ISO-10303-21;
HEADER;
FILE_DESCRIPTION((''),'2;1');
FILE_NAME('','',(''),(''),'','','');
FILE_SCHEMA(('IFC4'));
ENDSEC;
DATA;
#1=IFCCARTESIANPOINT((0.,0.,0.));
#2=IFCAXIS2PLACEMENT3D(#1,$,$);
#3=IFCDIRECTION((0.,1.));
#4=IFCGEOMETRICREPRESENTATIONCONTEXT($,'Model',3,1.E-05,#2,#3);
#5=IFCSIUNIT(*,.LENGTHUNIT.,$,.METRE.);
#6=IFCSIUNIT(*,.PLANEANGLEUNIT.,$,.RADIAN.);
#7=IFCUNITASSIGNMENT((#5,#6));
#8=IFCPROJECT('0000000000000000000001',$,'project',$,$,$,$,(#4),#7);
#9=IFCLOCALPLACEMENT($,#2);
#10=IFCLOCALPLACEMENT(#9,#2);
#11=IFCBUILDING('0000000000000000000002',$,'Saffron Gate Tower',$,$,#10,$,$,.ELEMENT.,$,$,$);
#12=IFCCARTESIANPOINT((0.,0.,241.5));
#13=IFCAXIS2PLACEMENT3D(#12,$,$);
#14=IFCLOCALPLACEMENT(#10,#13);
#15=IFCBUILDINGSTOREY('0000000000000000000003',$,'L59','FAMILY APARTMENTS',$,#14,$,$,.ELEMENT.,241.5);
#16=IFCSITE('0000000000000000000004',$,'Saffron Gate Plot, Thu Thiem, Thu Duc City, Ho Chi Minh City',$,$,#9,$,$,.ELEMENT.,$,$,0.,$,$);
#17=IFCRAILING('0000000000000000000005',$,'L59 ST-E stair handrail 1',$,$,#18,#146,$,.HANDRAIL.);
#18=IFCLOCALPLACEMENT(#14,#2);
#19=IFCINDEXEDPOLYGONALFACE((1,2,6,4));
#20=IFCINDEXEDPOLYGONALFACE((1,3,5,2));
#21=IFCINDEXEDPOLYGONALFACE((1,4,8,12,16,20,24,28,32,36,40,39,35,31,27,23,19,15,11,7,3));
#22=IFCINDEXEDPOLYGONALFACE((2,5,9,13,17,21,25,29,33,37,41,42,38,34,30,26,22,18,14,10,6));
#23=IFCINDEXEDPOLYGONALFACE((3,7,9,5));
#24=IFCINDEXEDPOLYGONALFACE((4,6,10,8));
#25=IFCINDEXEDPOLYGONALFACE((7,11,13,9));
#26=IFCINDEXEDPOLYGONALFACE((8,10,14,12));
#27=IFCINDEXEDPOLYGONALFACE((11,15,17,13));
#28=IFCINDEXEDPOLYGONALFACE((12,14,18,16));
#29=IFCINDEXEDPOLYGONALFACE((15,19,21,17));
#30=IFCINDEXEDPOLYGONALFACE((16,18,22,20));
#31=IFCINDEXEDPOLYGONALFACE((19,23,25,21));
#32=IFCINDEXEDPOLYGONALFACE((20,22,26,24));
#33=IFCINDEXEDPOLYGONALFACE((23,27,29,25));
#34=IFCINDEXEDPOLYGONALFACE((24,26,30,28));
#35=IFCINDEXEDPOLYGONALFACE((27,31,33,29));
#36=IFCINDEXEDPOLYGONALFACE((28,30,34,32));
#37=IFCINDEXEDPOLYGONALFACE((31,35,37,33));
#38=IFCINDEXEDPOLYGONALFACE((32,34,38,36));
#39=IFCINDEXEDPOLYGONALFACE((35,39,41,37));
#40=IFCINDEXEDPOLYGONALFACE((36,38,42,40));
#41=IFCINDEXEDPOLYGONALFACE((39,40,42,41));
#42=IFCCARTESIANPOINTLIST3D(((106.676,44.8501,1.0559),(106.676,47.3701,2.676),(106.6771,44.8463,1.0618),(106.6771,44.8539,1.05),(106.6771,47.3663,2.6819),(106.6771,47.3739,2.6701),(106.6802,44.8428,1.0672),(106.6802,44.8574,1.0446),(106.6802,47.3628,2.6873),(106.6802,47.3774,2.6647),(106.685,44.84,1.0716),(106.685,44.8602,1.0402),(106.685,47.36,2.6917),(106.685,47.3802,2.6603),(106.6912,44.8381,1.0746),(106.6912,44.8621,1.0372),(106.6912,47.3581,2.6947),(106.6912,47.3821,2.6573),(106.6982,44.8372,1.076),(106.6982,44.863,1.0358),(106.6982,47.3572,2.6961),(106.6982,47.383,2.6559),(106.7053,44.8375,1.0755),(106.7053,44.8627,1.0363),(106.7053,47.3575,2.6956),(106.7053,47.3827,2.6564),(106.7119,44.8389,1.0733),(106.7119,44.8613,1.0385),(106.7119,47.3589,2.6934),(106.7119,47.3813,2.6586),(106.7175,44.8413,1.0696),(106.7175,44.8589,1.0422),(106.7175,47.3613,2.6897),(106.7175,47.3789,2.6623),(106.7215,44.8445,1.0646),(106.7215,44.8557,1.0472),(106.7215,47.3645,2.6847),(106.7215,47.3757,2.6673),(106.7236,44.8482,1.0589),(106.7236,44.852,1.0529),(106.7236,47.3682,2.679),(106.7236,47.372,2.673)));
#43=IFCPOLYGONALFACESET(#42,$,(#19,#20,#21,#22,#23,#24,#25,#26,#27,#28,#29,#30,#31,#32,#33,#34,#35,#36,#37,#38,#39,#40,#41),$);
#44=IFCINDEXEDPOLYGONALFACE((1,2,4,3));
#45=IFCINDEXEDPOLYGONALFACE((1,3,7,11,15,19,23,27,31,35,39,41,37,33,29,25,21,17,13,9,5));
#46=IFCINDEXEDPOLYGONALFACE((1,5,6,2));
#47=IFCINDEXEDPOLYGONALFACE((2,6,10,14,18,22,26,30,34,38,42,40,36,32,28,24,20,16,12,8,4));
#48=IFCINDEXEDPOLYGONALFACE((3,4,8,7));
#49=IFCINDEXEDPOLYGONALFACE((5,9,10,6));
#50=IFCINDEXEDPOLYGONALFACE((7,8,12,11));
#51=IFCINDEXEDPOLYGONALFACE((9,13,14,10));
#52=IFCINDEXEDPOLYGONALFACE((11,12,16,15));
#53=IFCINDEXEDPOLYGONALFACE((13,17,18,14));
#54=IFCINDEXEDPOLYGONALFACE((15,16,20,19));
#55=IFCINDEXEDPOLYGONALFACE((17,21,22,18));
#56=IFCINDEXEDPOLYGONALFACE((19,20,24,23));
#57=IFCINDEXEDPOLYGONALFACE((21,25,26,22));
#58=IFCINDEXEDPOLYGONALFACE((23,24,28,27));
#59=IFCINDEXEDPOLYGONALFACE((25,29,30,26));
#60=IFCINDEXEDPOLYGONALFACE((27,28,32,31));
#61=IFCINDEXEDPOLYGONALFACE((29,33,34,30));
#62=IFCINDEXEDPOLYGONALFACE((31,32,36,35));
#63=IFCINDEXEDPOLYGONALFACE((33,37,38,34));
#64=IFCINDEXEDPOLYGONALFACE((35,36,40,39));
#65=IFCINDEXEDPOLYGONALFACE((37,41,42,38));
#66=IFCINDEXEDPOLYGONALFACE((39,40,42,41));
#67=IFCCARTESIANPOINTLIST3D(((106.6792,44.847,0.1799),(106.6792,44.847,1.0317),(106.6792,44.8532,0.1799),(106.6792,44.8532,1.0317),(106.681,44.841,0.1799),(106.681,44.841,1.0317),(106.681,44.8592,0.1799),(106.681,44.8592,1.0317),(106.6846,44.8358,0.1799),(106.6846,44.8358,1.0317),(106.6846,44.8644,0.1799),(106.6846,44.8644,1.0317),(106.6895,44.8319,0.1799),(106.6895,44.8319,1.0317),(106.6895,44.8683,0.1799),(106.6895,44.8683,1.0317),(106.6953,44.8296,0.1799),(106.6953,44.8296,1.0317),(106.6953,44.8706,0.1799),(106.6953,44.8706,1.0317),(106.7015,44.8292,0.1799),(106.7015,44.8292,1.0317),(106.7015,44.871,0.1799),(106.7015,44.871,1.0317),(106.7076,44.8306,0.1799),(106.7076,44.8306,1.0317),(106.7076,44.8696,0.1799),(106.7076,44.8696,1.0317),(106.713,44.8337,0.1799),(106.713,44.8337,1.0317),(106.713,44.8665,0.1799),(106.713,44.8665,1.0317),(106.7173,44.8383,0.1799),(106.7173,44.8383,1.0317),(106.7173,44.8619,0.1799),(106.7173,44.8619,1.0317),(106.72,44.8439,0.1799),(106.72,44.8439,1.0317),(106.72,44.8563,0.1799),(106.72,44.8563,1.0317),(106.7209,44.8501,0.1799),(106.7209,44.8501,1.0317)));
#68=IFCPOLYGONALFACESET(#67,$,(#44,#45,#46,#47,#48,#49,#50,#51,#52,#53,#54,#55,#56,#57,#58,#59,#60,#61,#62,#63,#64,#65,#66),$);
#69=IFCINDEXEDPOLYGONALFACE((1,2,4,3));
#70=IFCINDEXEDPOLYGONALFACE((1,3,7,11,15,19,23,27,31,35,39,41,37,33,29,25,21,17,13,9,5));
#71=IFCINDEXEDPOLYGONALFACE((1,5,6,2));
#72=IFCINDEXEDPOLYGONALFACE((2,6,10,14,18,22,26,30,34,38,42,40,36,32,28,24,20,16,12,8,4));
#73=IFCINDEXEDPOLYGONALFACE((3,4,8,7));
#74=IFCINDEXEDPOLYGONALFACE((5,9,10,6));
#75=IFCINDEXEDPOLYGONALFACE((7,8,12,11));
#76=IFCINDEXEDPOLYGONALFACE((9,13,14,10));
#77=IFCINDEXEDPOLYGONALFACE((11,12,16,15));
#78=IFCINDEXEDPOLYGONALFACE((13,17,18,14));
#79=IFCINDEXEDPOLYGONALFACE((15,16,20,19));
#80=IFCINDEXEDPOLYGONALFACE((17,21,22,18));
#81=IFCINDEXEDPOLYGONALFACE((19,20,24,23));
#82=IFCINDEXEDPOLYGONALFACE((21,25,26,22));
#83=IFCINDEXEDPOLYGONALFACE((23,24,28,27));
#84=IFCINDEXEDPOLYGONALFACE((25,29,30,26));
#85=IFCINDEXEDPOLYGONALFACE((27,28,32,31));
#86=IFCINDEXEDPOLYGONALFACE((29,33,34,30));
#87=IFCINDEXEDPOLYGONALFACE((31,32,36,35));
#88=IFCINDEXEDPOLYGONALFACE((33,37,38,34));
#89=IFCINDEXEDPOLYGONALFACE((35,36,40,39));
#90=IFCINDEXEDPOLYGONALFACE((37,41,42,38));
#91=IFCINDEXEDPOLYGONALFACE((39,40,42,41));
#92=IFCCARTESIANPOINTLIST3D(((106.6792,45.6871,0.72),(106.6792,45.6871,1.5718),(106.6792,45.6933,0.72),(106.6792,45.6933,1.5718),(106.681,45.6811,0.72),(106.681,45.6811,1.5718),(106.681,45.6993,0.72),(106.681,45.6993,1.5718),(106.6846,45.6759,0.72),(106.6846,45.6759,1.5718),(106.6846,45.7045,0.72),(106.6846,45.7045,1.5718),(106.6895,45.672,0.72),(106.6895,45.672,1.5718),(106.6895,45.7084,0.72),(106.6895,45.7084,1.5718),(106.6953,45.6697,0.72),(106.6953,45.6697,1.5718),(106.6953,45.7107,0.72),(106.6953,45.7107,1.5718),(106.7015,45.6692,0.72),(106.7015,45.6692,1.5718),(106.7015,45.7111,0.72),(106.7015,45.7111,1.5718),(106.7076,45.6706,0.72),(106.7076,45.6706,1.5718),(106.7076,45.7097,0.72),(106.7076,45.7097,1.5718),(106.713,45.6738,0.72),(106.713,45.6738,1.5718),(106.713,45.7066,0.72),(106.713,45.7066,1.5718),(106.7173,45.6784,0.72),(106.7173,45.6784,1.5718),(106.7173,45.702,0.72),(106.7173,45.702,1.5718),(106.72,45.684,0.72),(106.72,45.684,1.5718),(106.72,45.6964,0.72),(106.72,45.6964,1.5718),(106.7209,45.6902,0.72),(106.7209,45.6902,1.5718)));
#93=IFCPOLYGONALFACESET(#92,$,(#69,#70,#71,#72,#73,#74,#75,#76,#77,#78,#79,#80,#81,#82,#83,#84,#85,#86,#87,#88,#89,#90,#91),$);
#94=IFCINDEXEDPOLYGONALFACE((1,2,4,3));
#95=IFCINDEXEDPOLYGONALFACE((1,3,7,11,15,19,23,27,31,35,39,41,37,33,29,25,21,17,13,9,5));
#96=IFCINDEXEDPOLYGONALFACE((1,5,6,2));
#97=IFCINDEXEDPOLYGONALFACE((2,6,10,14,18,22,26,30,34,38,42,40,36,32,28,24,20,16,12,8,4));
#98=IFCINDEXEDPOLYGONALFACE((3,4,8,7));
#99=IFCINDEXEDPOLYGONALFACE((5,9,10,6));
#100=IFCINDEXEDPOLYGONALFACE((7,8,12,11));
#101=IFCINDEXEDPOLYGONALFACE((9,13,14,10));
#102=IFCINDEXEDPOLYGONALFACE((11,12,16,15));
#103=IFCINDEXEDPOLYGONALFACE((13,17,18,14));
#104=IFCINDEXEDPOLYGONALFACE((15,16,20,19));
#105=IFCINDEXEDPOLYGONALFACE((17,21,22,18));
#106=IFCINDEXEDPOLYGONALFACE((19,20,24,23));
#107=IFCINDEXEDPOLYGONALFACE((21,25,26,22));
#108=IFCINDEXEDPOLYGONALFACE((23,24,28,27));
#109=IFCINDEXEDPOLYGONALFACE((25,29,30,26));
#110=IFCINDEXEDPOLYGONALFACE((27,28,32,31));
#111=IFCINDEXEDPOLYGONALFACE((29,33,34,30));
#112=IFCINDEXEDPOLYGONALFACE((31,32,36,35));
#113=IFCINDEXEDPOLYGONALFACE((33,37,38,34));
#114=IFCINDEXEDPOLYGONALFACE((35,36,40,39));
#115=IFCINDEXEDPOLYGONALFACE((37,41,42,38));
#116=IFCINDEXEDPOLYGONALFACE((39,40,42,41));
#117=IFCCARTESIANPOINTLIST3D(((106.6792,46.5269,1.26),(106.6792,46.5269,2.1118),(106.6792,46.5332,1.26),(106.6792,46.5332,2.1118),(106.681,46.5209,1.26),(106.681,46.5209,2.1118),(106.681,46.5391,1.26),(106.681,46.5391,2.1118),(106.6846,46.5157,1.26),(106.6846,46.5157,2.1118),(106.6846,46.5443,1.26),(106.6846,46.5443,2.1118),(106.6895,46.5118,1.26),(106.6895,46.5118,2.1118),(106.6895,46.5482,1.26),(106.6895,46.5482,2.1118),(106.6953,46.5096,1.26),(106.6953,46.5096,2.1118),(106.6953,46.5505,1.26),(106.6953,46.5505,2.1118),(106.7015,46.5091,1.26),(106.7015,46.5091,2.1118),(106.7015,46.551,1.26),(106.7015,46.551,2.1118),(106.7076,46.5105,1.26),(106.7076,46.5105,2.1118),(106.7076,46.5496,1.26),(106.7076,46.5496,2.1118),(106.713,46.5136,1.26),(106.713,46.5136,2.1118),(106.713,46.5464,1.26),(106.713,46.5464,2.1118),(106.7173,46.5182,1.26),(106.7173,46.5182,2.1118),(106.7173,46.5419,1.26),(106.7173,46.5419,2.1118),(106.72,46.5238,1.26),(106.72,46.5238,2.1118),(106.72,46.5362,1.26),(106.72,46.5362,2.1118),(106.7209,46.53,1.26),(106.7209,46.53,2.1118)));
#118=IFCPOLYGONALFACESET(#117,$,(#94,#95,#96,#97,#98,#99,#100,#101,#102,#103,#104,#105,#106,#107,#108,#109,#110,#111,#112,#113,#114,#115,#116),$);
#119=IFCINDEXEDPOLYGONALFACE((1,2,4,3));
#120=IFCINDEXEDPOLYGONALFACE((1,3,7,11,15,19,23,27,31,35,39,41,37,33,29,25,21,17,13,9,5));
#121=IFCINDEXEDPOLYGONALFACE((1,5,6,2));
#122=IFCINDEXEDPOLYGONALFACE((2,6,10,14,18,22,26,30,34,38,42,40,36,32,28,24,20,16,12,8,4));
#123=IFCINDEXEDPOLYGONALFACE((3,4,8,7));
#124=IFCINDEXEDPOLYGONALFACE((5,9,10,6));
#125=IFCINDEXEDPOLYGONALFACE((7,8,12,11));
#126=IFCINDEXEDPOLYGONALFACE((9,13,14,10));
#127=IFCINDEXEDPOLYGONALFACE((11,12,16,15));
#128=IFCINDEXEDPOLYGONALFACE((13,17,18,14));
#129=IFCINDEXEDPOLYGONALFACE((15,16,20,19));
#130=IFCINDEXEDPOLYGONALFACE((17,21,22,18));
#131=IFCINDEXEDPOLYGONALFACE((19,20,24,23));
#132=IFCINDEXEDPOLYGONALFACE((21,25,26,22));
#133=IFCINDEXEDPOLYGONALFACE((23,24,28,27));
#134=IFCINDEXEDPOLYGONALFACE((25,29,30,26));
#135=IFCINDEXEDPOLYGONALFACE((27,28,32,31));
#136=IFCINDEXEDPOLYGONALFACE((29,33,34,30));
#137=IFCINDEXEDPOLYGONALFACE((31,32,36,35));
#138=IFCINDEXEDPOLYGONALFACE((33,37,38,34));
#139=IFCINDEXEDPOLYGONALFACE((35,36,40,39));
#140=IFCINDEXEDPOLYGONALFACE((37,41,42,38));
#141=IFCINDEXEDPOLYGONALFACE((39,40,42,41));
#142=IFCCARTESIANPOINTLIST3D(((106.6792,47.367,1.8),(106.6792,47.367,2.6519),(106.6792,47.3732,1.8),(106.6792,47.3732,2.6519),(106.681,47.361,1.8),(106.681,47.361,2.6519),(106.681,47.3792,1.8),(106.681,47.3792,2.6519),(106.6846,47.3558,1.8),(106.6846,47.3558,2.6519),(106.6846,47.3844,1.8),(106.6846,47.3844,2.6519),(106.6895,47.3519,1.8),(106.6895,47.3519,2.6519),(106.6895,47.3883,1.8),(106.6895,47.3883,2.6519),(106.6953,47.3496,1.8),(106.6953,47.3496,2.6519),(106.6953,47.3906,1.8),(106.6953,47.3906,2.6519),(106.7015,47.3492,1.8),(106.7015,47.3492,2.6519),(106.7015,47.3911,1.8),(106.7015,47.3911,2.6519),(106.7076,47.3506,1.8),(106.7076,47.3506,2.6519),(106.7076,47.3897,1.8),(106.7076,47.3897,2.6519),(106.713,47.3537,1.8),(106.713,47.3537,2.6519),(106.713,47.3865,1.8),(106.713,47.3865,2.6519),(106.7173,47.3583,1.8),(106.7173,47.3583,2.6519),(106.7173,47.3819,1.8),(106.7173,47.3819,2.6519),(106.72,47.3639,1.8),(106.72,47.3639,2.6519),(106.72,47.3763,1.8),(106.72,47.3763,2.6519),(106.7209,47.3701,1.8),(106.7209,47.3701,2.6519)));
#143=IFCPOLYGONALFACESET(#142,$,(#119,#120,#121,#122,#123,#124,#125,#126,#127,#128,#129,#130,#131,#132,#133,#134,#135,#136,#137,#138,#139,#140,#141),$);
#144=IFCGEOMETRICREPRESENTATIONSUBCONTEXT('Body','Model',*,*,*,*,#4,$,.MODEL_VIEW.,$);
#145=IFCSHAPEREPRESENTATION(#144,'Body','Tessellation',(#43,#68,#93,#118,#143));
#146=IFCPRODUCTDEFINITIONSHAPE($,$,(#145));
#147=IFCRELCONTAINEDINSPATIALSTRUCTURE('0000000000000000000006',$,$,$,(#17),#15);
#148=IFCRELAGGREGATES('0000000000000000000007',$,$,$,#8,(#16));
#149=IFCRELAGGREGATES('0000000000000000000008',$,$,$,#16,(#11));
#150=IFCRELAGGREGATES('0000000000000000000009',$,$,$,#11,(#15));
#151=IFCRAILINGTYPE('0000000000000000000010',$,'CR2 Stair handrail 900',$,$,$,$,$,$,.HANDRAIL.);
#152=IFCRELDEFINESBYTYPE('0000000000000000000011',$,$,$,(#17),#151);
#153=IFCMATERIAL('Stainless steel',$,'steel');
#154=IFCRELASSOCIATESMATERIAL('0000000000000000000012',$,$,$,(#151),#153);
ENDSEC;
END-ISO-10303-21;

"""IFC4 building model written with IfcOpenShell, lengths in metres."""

from ifc_helpers import new_model, si_unit, direction, frame, origin, origin_2d, place, context, subcontext, project, spatial, circle, extrude, material, type_object, element, save


model = new_model("IFC4")

# Units and contexts
model_context = context("Model", 3, precision=1e-05, world=origin(), true_north=direction((0.0, 1.0)))
body_context = subcontext(model_context, "Body", "Model", "MODEL_VIEW")
ifc_project = project(units=[si_unit("LENGTHUNIT", "METRE"), si_unit("PLANEANGLEUNIT", "RADIAN")], contexts=[model_context])

# Site, building, storey
site_placement = place(None, origin())
site = spatial("IfcSite", under=ifc_project, at=site_placement, Name="Saffron Gate Plot, Thu Thiem, Thu Duc City, Ho Chi Minh City", CompositionType="ELEMENT", RefElevation=0.0)
building_placement = place(site_placement, origin())
building = spatial("IfcBuilding", under=site, at=building_placement, Name="Saffron Gate Tower", CompositionType="ELEMENT")
storey_placement = place(building_placement, frame((0.0, 0.0, 241.5)))
storey = spatial("IfcBuildingStorey", under=building, at=storey_placement, Name="L59", Description="FAMILY APARTMENTS", CompositionType="ELEMENT", Elevation=241.5)

# Railing
ifc_material_1 = material(Name="Stainless steel", Category="steel")
railing_type_1 = type_object("IfcRailingType", Name="CR2 Stair handrail 900", PredefinedType="HANDRAIL", material=ifc_material_1)
railing_1_placement = place(storey_placement, frame((106.7, 44.8501, 0.1799)))
element("IfcRailing", 1, at=railing_1_placement, inside=storey, type_object=railing_type_1, Name="L59 ST-E stair handrail 1", PredefinedType="HANDRAIL", context=body_context, shape_type="SweptSolid", body=[
    extrude(circle(Radius=0.0239, at=origin_2d()), frame((0.0, 0.0, 0.876), z_axis=(0.0, 0.841163, 0.540782), x_axis=(-1.0, 0.0, 0.0)), (0.0, 0.0, 1.0), 2.9958),
    extrude(circle(Radius=0.021, at=origin_2d()), origin(), (0.0, 0.0, 1.0), 0.8518),
    extrude(circle(Radius=0.021, at=origin_2d()), frame((0.0, 0.8401, 0.54)), (0.0, 0.0, 1.0), 0.8518),
    extrude(circle(Radius=0.021, at=origin_2d()), frame((0.0, 1.6799, 1.0801)), (0.0, 0.0, 1.0), 0.8518),
    extrude(circle(Radius=0.021, at=origin_2d()), frame((0.0, 2.52, 1.6201)), (0.0, 0.0, 1.0), 0.8518),
])

save(model, "model.ifc")
